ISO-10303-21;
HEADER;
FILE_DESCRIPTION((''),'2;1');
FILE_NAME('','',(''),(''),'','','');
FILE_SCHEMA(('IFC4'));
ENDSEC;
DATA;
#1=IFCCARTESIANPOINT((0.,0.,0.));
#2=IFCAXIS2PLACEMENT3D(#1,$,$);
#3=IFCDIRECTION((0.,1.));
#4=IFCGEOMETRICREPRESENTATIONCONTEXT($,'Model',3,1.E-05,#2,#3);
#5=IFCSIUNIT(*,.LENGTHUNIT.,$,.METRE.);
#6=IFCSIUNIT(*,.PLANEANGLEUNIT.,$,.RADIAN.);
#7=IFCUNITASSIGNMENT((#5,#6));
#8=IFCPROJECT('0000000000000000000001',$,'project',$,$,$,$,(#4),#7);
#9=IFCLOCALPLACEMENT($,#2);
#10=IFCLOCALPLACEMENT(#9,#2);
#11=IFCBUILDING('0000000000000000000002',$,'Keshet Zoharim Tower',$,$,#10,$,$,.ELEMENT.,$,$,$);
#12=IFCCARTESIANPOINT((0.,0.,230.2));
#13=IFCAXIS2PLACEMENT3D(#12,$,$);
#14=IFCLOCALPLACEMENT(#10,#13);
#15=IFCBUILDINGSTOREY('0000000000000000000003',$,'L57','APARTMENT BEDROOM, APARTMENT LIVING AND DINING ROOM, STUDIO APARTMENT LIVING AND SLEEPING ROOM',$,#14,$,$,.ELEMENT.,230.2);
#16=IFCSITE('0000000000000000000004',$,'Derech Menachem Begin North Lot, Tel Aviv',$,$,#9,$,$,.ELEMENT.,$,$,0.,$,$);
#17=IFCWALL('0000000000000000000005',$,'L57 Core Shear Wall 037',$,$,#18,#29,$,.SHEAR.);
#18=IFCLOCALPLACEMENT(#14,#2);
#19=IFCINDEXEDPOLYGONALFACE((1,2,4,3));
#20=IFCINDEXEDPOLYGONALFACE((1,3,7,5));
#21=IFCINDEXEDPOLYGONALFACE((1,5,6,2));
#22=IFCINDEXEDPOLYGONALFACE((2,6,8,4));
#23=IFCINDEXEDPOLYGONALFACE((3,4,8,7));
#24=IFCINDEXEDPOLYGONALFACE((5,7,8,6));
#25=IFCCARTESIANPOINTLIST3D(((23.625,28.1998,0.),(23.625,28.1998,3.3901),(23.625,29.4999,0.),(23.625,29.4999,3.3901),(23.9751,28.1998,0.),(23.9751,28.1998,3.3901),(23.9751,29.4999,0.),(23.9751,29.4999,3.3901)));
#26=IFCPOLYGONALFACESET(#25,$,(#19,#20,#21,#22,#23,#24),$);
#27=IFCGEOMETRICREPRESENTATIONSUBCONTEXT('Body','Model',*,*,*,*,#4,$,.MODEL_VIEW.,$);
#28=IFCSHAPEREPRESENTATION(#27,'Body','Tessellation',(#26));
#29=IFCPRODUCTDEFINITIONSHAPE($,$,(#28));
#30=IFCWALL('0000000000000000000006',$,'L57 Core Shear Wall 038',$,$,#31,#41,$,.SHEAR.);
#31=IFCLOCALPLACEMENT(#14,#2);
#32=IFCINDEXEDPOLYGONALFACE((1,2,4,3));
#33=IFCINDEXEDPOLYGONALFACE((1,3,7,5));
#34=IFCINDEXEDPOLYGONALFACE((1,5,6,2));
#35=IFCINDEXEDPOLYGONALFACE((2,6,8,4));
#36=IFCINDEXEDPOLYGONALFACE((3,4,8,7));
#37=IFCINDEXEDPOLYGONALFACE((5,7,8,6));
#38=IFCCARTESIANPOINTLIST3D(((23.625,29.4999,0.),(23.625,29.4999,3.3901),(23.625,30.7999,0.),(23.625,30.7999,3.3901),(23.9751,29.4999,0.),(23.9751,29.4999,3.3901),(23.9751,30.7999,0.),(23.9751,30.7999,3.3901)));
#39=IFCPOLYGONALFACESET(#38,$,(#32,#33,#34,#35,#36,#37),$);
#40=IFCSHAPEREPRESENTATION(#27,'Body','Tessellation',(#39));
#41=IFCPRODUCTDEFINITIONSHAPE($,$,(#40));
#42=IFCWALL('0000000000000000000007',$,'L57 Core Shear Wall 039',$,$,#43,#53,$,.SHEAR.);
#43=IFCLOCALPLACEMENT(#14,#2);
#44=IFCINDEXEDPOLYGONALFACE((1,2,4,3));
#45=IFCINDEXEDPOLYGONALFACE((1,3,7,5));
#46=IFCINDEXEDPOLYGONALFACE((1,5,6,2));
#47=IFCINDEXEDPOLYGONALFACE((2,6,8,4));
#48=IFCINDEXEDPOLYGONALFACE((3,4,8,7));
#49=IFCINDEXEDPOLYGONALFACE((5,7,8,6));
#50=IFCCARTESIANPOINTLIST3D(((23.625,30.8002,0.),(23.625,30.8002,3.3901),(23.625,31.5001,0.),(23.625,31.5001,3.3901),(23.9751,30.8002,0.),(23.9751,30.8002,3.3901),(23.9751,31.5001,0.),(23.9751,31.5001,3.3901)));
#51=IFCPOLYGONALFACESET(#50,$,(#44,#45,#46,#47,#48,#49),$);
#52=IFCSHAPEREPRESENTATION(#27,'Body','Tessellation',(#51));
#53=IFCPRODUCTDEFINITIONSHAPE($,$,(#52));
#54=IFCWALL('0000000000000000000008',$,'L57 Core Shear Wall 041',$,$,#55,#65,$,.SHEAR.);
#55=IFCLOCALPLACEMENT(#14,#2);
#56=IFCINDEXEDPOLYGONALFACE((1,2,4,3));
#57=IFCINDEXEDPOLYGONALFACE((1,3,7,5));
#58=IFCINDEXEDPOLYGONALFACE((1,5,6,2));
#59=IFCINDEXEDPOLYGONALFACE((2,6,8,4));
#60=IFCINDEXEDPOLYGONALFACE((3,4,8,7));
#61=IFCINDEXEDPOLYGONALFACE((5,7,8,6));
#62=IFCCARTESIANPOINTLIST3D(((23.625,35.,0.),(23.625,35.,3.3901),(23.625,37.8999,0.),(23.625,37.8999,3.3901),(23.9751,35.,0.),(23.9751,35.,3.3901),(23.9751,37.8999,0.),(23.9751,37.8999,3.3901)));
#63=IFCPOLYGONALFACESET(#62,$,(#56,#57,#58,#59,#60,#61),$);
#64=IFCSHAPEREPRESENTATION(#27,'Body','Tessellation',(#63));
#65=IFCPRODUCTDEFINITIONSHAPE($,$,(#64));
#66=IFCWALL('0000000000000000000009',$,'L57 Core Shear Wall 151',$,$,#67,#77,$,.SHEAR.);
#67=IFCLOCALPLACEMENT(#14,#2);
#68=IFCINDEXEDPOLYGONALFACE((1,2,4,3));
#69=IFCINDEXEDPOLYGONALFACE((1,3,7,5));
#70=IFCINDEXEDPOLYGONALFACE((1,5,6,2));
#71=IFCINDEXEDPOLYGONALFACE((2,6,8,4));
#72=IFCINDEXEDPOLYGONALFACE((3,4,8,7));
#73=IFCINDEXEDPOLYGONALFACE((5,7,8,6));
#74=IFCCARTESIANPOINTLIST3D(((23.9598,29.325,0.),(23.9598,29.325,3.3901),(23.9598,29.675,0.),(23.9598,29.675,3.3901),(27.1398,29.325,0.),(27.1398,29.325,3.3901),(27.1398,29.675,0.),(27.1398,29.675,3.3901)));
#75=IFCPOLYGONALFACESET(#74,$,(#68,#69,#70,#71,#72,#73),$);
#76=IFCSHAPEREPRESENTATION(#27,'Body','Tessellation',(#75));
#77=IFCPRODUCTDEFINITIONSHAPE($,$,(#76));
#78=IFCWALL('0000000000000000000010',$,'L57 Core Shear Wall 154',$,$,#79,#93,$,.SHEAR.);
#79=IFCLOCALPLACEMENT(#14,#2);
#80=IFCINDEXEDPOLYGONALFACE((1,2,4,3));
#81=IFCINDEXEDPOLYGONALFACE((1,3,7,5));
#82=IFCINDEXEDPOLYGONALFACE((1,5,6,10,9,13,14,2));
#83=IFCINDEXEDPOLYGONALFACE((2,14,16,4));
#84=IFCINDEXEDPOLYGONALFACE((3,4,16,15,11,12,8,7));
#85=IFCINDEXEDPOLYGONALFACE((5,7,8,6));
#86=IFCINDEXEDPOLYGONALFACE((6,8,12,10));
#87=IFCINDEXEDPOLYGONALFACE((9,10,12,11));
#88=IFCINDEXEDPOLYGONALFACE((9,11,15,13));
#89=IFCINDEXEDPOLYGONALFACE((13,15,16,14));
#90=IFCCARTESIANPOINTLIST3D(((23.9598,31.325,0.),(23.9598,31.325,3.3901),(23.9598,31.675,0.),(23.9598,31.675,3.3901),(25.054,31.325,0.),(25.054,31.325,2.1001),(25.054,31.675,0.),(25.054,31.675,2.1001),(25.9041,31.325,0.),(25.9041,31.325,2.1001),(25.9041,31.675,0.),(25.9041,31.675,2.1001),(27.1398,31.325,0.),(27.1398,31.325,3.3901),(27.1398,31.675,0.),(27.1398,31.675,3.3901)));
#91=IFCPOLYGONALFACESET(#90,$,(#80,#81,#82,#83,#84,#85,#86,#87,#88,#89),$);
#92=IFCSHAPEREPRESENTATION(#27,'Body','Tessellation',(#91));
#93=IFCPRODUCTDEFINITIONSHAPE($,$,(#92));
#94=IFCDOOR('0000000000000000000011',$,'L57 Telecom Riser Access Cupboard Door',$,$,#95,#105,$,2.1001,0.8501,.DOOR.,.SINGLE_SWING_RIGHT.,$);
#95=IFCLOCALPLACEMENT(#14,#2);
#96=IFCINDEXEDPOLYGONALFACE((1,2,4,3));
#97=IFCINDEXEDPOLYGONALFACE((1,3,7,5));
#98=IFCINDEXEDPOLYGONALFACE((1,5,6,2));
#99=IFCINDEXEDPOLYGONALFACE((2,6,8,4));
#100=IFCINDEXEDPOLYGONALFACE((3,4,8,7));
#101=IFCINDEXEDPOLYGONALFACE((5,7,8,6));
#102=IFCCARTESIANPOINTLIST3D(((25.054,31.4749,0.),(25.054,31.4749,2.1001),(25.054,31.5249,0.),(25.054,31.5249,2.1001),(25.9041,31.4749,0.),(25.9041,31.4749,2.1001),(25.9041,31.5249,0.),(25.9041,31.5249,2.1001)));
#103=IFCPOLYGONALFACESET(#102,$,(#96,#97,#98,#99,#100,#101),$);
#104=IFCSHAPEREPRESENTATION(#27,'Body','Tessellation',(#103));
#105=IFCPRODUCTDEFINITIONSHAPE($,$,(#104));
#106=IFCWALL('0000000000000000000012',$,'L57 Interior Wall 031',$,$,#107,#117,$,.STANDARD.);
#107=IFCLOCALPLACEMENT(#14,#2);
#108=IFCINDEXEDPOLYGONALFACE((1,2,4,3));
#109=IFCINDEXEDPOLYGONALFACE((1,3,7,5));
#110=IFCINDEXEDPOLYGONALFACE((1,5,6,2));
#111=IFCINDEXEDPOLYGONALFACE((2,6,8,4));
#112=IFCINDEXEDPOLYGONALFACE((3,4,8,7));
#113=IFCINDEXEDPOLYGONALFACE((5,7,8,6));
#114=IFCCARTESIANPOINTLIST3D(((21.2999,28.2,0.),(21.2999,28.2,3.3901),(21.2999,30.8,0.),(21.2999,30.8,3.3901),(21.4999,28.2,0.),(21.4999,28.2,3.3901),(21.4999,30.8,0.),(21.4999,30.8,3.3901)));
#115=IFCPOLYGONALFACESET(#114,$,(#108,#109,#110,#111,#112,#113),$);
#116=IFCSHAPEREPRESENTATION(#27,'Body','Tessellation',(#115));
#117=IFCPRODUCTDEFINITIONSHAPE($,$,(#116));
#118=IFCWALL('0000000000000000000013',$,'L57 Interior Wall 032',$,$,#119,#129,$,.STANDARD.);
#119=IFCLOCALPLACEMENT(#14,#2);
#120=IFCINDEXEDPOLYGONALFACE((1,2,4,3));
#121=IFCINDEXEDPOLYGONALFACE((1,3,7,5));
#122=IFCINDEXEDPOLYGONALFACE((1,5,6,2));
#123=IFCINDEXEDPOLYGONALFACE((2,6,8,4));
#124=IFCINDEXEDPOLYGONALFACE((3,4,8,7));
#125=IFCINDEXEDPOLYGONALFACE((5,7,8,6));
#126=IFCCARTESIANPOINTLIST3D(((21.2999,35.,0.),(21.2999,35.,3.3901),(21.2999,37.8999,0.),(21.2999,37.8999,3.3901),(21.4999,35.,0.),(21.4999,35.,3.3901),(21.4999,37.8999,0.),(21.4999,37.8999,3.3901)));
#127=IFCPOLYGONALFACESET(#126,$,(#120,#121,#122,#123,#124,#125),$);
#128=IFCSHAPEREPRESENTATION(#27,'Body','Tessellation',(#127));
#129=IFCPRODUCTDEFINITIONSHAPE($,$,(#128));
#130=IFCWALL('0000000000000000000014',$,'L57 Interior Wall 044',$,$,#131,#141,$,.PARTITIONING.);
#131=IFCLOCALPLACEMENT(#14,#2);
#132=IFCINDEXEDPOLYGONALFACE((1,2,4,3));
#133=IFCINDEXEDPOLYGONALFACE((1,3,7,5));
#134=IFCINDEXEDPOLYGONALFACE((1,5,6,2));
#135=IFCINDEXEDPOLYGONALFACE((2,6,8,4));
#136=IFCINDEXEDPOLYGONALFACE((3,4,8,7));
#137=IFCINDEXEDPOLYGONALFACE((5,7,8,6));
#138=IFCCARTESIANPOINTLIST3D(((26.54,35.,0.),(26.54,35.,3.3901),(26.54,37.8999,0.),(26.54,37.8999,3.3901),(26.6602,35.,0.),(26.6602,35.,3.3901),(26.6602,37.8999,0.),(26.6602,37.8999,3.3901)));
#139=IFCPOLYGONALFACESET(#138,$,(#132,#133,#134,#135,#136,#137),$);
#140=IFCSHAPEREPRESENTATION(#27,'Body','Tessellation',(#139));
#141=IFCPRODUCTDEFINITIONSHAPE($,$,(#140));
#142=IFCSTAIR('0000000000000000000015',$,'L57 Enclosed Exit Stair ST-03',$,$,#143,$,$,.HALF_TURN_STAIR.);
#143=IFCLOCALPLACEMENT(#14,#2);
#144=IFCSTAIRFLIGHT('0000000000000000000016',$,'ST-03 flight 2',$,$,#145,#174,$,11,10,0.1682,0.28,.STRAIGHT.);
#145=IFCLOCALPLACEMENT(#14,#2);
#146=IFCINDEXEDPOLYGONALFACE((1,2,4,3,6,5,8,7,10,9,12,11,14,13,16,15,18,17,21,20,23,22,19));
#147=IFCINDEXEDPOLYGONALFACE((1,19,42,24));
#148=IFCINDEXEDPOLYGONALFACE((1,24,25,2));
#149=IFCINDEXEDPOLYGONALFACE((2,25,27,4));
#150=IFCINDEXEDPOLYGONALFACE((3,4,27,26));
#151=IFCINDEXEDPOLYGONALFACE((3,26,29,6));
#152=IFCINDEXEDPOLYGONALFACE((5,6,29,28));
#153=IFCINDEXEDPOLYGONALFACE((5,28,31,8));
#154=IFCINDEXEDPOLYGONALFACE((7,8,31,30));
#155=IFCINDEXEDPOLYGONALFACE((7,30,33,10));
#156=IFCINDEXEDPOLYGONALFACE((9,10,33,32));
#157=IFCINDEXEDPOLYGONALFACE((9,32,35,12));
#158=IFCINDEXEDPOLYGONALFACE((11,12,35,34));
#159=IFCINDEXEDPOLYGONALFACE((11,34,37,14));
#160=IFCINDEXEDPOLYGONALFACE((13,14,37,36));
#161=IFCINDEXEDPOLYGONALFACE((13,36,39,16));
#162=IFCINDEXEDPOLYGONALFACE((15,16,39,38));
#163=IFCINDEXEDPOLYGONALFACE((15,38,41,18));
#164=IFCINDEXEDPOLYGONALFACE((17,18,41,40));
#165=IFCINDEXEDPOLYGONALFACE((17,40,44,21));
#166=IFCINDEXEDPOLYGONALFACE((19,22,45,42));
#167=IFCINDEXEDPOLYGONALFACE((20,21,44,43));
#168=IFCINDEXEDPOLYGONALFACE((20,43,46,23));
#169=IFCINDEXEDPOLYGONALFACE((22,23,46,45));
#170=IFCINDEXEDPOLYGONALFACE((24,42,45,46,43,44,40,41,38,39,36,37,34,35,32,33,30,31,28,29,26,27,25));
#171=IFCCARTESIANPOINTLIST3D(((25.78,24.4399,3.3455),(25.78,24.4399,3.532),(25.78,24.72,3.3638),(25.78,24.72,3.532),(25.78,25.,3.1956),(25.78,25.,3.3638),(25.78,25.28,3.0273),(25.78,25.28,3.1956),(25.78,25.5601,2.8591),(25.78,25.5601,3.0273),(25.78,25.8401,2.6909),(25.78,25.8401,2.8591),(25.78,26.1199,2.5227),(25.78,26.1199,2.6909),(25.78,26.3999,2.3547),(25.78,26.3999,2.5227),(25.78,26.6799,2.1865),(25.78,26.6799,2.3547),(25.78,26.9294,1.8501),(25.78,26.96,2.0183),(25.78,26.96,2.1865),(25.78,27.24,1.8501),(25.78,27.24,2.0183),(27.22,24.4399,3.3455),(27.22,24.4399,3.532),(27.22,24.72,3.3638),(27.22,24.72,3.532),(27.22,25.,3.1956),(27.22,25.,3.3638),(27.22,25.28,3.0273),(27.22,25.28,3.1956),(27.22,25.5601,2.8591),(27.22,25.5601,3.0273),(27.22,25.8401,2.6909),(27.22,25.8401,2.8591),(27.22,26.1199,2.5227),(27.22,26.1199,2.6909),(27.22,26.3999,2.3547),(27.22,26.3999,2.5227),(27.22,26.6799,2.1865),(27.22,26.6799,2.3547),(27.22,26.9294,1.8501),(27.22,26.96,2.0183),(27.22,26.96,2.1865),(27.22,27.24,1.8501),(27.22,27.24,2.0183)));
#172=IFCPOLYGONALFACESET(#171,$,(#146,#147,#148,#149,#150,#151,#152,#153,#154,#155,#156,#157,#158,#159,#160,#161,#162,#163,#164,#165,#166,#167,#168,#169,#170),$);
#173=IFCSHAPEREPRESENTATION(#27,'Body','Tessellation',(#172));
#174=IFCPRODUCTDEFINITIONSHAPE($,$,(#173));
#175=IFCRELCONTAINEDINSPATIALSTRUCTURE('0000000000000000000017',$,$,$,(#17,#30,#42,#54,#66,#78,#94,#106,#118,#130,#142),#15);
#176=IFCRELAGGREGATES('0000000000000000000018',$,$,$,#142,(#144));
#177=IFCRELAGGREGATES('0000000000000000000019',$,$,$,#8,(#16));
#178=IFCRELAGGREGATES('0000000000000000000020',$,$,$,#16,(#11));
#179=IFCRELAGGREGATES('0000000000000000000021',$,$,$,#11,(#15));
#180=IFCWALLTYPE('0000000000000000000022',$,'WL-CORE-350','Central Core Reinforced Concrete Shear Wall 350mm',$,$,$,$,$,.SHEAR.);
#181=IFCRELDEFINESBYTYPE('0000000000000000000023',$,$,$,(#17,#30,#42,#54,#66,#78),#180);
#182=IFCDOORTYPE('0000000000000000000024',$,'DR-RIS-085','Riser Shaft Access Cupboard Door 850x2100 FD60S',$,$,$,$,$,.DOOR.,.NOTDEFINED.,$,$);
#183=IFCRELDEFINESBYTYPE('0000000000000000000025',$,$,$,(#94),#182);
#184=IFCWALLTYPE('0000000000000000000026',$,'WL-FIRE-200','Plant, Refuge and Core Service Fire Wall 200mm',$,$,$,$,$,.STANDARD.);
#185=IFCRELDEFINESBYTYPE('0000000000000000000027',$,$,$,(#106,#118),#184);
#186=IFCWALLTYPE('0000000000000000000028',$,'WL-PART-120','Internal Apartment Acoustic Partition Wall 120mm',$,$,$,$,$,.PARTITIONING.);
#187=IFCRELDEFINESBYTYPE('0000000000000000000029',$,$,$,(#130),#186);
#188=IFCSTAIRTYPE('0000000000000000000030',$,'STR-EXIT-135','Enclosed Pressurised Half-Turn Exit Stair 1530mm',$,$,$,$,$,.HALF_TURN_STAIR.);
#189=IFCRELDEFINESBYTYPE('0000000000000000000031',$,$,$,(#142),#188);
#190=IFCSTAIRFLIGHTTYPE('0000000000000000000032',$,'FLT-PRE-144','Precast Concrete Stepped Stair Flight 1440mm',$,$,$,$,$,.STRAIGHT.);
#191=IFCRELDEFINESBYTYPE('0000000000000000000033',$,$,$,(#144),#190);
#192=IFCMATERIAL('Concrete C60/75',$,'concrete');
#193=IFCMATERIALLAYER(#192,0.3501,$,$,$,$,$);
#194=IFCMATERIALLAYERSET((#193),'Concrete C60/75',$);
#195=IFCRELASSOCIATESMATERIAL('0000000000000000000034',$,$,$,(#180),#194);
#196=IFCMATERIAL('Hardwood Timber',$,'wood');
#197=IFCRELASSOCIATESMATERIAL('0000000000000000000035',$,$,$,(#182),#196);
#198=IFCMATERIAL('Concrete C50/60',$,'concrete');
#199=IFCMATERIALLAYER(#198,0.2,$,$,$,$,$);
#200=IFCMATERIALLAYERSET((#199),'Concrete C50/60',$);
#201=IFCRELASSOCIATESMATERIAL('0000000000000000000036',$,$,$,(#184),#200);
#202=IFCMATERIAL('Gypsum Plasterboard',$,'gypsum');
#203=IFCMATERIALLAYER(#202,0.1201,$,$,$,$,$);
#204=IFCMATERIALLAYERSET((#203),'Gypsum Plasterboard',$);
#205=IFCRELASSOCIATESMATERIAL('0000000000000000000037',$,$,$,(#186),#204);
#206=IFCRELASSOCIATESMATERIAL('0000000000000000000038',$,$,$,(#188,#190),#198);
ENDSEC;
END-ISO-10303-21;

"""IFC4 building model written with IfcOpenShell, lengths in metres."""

from ifc_helpers import new_model, si_unit, direction, frame, frame_2d, origin, place, context, subcontext, project, spatial, polyline, rectangle, outline, extrude, material, layer, layer_set, type_object, element, fill, aggregate, save


model = new_model("IFC4")

# Units and contexts
model_context = context("Model", 3, precision=1e-05, world=origin(), true_north=direction((0.0, 1.0)))
body_context = subcontext(model_context, "Body", "Model", "MODEL_VIEW")
ifc_project = project(units=[si_unit("LENGTHUNIT", "METRE"), si_unit("PLANEANGLEUNIT", "RADIAN")], contexts=[model_context])

# Site, building, storey
site_placement = place(None, origin())
site = spatial("IfcSite", under=ifc_project, at=site_placement, Name="Derech Menachem Begin North Lot, Tel Aviv", CompositionType="ELEMENT", RefElevation=0.0)
building_placement = place(site_placement, origin())
building = spatial("IfcBuilding", under=site, at=building_placement, Name="Keshet Zoharim Tower", CompositionType="ELEMENT")
storey_placement = place(building_placement, frame((0.0, 0.0, 230.2)))
storey = spatial("IfcBuildingStorey", under=building, at=storey_placement, Name="L57", Description="APARTMENT BEDROOM, APARTMENT LIVING AND DINING ROOM, STUDIO APARTMENT LIVING AND SLEEPING ROOM", CompositionType="ELEMENT", Elevation=230.2)

# Walls
ifc_material_1 = material(Name="Concrete C60/75", Category="concrete")
ifc_layer_1 = layer(ifc_material_1, 0.3501)
ifc_layer_set_1 = layer_set([ifc_layer_1], Name="Concrete C60/75")
wall_type_1 = type_object("IfcWallType", Name="WL-CORE-350", Description="Central Core Reinforced Concrete Shear Wall 350mm", PredefinedType="SHEAR", material=ifc_layer_set_1)
for number, where, z_axis, x_axis, name in (
    (1, (23.8, 28.2, 0.0), (0.0, 0.0, 1.0), (0.0, 1.0, 0.0), "L57 Core Shear Wall 037"),
    (2, (23.8, 29.5, 0.0), (0.0, 0.0, 1.0), (0.0, 1.0, 0.0), "L57 Core Shear Wall 038"),
):
    element("IfcWall", number, at=place(storey_placement, frame(where, z_axis=z_axis, x_axis=x_axis)), inside=storey, type_object=wall_type_1, Name=name, PredefinedType="SHEAR", context=body_context, shape_type="SweptSolid", body=[
        extrude(rectangle(XDim=1.3, YDim=0.3501, at=frame_2d((0.6499, 0.0))), origin(), (0.0, 0.0, 1.0), 3.3901),
    ])
wall_1_placement = place(storey_placement, frame((23.8, 30.8, 0.0), z_axis=(0.0, 0.0, 1.0), x_axis=(0.0, 1.0, 0.0)))
element("IfcWall", 3, at=wall_1_placement, inside=storey, type_object=wall_type_1, Name="L57 Core Shear Wall 039", PredefinedType="SHEAR", context=body_context, shape_type="SweptSolid", body=[
    extrude(rectangle(XDim=0.7, YDim=0.3501, at=frame_2d((0.3501, 0.0))), origin(), (0.0, 0.0, 1.0), 3.3901),
])

# Shared definitions
ifc_material_2 = material(Name="Hardwood Timber", Category="wood")

# Walls
wall_2_placement = place(storey_placement, frame((23.8, 35.0, 0.0), z_axis=(0.0, 0.0, 1.0), x_axis=(0.0, 1.0, 0.0)))
element("IfcWall", 4, at=wall_2_placement, inside=storey, type_object=wall_type_1, Name="L57 Core Shear Wall 041", PredefinedType="SHEAR", context=body_context, shape_type="SweptSolid", body=[
    extrude(rectangle(XDim=2.8999, YDim=0.3501, at=frame_2d((1.45, 0.0))), origin(), (0.0, 0.0, 1.0), 3.3901),
])
wall_3_placement = place(storey_placement, frame((23.96, 29.5, 0.0), z_axis=(0.0, 0.0, 1.0), x_axis=(1.0, 0.0, 0.0)))
element("IfcWall", 5, at=wall_3_placement, inside=storey, type_object=wall_type_1, Name="L57 Core Shear Wall 151", PredefinedType="SHEAR", context=body_context, shape_type="SweptSolid", body=[
    extrude(rectangle(XDim=3.1799, YDim=0.3501, at=frame_2d((1.5898, 0.0))), origin(), (0.0, 0.0, 1.0), 3.3901),
])

# Wall, opening, door
wall_4_placement = place(storey_placement, frame((23.96, 31.5, 0.0), z_axis=(0.0, 0.0, 1.0), x_axis=(1.0, 0.0, 0.0)))
wall_4 = element("IfcWall", 6, at=wall_4_placement, inside=storey, type_object=wall_type_1, Name="L57 Core Shear Wall 154", PredefinedType="SHEAR", context=body_context, shape_type="SweptSolid", body=[
    extrude(rectangle(XDim=3.1799, YDim=0.3501, at=frame_2d((1.5898, 0.0))), origin(), (0.0, 0.0, 1.0), 3.3901),
])
opening_1_placement = place(wall_4_placement, frame((1.094, 0.0, 0.0)))
opening_1 = element("IfcOpeningElement", 7, at=opening_1_placement, cuts=wall_4, PredefinedType="OPENING", context=body_context, shape_type="SweptSolid", body=[
    extrude(rectangle(XDim=0.8501, YDim=2.1001, at=frame_2d((0.425, 1.05))), frame((0.0, 0.1851, 0.0), z_axis=(0.0, -1.0, 0.0), x_axis=(1.0, 0.0, 0.0)), (0.0, 0.0, 1.0), 0.3701),
])
door_type_1 = type_object("IfcDoorType", Name="DR-RIS-085", Description="Riser Shaft Access Cupboard Door 850x2100 FD60S", OperationType="NOTDEFINED", PredefinedType="DOOR", material=ifc_material_2)
door_1_placement = place(opening_1_placement, origin())
door_1 = element("IfcDoor", 8, at=door_1_placement, inside=storey, type_object=door_type_1, Name="L57 Telecom Riser Access Cupboard Door", OperationType="SINGLE_SWING_RIGHT", OverallHeight=2.1001, OverallWidth=0.8501, PredefinedType="DOOR", context=body_context, shape_type="SweptSolid", body=[
    extrude(rectangle(XDim=0.8501, YDim=2.1001, at=frame_2d((0.425, 1.05))), frame((0.0, 0.0249, 0.0), z_axis=(0.0, -1.0, 0.0), x_axis=(1.0, 0.0, 0.0)), (0.0, 0.0, 1.0), 0.05),
])
fill(opening_1, door_1)

# Walls
ifc_material_3 = material(Name="Concrete C50/60", Category="concrete")
ifc_layer_2 = layer(ifc_material_3, 0.2)
ifc_layer_set_2 = layer_set([ifc_layer_2], Name="Concrete C50/60")
wall_type_2 = type_object("IfcWallType", Name="WL-FIRE-200", Description="Plant, Refuge and Core Service Fire Wall 200mm", PredefinedType="STANDARD", material=ifc_layer_set_2)
wall_5_placement = place(storey_placement, frame((21.3999, 28.2, 0.0), z_axis=(0.0, 0.0, 1.0), x_axis=(0.0, 1.0, 0.0)))
element("IfcWall", 9, at=wall_5_placement, inside=storey, type_object=wall_type_2, Name="L57 Interior Wall 031", PredefinedType="STANDARD", context=body_context, shape_type="SweptSolid", body=[
    extrude(rectangle(XDim=2.6001, YDim=0.2, at=frame_2d((1.3, 0.0))), origin(), (0.0, 0.0, 1.0), 3.3901),
])
wall_6_placement = place(storey_placement, frame((21.3999, 35.0, 0.0), z_axis=(0.0, 0.0, 1.0), x_axis=(0.0, 1.0, 0.0)))
element("IfcWall", 10, at=wall_6_placement, inside=storey, type_object=wall_type_2, Name="L57 Interior Wall 032", PredefinedType="STANDARD", context=body_context, shape_type="SweptSolid", body=[
    extrude(rectangle(XDim=2.8999, YDim=0.2, at=frame_2d((1.45, 0.0))), origin(), (0.0, 0.0, 1.0), 3.3901),
])
ifc_material_4 = material(Name="Gypsum Plasterboard", Category="gypsum")
ifc_layer_3 = layer(ifc_material_4, 0.1201)
ifc_layer_set_3 = layer_set([ifc_layer_3], Name="Gypsum Plasterboard")
wall_type_3 = type_object("IfcWallType", Name="WL-PART-120", Description="Internal Apartment Acoustic Partition Wall 120mm", PredefinedType="PARTITIONING", material=ifc_layer_set_3)
wall_7_placement = place(storey_placement, frame((26.6001, 35.0, 0.0), z_axis=(0.0, 0.0, 1.0), x_axis=(0.0, 1.0, 0.0)))
element("IfcWall", 11, at=wall_7_placement, inside=storey, type_object=wall_type_3, Name="L57 Interior Wall 044", PredefinedType="PARTITIONING", context=body_context, shape_type="SweptSolid", body=[
    extrude(rectangle(XDim=2.8999, YDim=0.1201, at=frame_2d((1.45, 0.0))), origin(), (0.0, 0.0, 1.0), 3.3901),
])

# Stair, stair flight
stair_type = type_object("IfcStairType", Name="STR-EXIT-135", Description="Enclosed Pressurised Half-Turn Exit Stair 1530mm", PredefinedType="HALF_TURN_STAIR", material=ifc_material_3)
stair_placement = place(storey_placement, origin())
stair = element("IfcStair", 12, at=stair_placement, inside=storey, type_object=stair_type, Name="L57 Enclosed Exit Stair ST-03", PredefinedType="HALF_TURN_STAIR")
stair_flight_type = type_object("IfcStairFlightType", Name="FLT-PRE-144", Description="Precast Concrete Stepped Stair Flight 1440mm", PredefinedType="STRAIGHT", material=ifc_material_3)
stair_flight_placement = place(storey_placement, frame((26.5, 27.24, 1.8501), z_axis=(0.0, 0.0, 1.0), x_axis=(0.0, -1.0, 0.0)))
stair_flight = element("IfcStairFlight", 13, at=stair_flight_placement, type_object=stair_flight_type, Name="ST-03 flight 2", NumberOfRisers=11, NumberOfTreads=10, PredefinedType="STRAIGHT", RiserHeight=0.1682, TreadLength=0.28, context=body_context, shape_type="SweptSolid", body=[
    extrude(outline(polyline([(0.0, 0.0), (0.0, 0.1682), (0.28, 0.1682), (0.28, 0.3364), (0.5601, 0.3364), (0.5601, 0.5046), (0.8401, 0.5046), (0.8401, 0.6726), (1.1201, 0.6726), (1.1201, 0.8408), (1.3999, 0.8408), (1.3999, 1.009), (1.6799, 1.009), (1.6799, 1.1772), (1.96, 1.1772), (1.96, 1.3455), (2.24, 1.3455), (2.24, 1.5137), (2.52, 1.5137), (2.52, 1.6819), (2.8, 1.6819), (2.8, 1.8501), (2.8, 1.4954), (0.3105, 0.0), (0.0, 0.0)])), frame((0.0, 0.72, 0.0), z_axis=(0.0, -1.0, 0.0), x_axis=(1.0, 0.0, 0.0)), (0.0, 0.0, 1.0), 1.4399),
])
aggregate(stair, [stair_flight])

save(model, "model.ifc")
